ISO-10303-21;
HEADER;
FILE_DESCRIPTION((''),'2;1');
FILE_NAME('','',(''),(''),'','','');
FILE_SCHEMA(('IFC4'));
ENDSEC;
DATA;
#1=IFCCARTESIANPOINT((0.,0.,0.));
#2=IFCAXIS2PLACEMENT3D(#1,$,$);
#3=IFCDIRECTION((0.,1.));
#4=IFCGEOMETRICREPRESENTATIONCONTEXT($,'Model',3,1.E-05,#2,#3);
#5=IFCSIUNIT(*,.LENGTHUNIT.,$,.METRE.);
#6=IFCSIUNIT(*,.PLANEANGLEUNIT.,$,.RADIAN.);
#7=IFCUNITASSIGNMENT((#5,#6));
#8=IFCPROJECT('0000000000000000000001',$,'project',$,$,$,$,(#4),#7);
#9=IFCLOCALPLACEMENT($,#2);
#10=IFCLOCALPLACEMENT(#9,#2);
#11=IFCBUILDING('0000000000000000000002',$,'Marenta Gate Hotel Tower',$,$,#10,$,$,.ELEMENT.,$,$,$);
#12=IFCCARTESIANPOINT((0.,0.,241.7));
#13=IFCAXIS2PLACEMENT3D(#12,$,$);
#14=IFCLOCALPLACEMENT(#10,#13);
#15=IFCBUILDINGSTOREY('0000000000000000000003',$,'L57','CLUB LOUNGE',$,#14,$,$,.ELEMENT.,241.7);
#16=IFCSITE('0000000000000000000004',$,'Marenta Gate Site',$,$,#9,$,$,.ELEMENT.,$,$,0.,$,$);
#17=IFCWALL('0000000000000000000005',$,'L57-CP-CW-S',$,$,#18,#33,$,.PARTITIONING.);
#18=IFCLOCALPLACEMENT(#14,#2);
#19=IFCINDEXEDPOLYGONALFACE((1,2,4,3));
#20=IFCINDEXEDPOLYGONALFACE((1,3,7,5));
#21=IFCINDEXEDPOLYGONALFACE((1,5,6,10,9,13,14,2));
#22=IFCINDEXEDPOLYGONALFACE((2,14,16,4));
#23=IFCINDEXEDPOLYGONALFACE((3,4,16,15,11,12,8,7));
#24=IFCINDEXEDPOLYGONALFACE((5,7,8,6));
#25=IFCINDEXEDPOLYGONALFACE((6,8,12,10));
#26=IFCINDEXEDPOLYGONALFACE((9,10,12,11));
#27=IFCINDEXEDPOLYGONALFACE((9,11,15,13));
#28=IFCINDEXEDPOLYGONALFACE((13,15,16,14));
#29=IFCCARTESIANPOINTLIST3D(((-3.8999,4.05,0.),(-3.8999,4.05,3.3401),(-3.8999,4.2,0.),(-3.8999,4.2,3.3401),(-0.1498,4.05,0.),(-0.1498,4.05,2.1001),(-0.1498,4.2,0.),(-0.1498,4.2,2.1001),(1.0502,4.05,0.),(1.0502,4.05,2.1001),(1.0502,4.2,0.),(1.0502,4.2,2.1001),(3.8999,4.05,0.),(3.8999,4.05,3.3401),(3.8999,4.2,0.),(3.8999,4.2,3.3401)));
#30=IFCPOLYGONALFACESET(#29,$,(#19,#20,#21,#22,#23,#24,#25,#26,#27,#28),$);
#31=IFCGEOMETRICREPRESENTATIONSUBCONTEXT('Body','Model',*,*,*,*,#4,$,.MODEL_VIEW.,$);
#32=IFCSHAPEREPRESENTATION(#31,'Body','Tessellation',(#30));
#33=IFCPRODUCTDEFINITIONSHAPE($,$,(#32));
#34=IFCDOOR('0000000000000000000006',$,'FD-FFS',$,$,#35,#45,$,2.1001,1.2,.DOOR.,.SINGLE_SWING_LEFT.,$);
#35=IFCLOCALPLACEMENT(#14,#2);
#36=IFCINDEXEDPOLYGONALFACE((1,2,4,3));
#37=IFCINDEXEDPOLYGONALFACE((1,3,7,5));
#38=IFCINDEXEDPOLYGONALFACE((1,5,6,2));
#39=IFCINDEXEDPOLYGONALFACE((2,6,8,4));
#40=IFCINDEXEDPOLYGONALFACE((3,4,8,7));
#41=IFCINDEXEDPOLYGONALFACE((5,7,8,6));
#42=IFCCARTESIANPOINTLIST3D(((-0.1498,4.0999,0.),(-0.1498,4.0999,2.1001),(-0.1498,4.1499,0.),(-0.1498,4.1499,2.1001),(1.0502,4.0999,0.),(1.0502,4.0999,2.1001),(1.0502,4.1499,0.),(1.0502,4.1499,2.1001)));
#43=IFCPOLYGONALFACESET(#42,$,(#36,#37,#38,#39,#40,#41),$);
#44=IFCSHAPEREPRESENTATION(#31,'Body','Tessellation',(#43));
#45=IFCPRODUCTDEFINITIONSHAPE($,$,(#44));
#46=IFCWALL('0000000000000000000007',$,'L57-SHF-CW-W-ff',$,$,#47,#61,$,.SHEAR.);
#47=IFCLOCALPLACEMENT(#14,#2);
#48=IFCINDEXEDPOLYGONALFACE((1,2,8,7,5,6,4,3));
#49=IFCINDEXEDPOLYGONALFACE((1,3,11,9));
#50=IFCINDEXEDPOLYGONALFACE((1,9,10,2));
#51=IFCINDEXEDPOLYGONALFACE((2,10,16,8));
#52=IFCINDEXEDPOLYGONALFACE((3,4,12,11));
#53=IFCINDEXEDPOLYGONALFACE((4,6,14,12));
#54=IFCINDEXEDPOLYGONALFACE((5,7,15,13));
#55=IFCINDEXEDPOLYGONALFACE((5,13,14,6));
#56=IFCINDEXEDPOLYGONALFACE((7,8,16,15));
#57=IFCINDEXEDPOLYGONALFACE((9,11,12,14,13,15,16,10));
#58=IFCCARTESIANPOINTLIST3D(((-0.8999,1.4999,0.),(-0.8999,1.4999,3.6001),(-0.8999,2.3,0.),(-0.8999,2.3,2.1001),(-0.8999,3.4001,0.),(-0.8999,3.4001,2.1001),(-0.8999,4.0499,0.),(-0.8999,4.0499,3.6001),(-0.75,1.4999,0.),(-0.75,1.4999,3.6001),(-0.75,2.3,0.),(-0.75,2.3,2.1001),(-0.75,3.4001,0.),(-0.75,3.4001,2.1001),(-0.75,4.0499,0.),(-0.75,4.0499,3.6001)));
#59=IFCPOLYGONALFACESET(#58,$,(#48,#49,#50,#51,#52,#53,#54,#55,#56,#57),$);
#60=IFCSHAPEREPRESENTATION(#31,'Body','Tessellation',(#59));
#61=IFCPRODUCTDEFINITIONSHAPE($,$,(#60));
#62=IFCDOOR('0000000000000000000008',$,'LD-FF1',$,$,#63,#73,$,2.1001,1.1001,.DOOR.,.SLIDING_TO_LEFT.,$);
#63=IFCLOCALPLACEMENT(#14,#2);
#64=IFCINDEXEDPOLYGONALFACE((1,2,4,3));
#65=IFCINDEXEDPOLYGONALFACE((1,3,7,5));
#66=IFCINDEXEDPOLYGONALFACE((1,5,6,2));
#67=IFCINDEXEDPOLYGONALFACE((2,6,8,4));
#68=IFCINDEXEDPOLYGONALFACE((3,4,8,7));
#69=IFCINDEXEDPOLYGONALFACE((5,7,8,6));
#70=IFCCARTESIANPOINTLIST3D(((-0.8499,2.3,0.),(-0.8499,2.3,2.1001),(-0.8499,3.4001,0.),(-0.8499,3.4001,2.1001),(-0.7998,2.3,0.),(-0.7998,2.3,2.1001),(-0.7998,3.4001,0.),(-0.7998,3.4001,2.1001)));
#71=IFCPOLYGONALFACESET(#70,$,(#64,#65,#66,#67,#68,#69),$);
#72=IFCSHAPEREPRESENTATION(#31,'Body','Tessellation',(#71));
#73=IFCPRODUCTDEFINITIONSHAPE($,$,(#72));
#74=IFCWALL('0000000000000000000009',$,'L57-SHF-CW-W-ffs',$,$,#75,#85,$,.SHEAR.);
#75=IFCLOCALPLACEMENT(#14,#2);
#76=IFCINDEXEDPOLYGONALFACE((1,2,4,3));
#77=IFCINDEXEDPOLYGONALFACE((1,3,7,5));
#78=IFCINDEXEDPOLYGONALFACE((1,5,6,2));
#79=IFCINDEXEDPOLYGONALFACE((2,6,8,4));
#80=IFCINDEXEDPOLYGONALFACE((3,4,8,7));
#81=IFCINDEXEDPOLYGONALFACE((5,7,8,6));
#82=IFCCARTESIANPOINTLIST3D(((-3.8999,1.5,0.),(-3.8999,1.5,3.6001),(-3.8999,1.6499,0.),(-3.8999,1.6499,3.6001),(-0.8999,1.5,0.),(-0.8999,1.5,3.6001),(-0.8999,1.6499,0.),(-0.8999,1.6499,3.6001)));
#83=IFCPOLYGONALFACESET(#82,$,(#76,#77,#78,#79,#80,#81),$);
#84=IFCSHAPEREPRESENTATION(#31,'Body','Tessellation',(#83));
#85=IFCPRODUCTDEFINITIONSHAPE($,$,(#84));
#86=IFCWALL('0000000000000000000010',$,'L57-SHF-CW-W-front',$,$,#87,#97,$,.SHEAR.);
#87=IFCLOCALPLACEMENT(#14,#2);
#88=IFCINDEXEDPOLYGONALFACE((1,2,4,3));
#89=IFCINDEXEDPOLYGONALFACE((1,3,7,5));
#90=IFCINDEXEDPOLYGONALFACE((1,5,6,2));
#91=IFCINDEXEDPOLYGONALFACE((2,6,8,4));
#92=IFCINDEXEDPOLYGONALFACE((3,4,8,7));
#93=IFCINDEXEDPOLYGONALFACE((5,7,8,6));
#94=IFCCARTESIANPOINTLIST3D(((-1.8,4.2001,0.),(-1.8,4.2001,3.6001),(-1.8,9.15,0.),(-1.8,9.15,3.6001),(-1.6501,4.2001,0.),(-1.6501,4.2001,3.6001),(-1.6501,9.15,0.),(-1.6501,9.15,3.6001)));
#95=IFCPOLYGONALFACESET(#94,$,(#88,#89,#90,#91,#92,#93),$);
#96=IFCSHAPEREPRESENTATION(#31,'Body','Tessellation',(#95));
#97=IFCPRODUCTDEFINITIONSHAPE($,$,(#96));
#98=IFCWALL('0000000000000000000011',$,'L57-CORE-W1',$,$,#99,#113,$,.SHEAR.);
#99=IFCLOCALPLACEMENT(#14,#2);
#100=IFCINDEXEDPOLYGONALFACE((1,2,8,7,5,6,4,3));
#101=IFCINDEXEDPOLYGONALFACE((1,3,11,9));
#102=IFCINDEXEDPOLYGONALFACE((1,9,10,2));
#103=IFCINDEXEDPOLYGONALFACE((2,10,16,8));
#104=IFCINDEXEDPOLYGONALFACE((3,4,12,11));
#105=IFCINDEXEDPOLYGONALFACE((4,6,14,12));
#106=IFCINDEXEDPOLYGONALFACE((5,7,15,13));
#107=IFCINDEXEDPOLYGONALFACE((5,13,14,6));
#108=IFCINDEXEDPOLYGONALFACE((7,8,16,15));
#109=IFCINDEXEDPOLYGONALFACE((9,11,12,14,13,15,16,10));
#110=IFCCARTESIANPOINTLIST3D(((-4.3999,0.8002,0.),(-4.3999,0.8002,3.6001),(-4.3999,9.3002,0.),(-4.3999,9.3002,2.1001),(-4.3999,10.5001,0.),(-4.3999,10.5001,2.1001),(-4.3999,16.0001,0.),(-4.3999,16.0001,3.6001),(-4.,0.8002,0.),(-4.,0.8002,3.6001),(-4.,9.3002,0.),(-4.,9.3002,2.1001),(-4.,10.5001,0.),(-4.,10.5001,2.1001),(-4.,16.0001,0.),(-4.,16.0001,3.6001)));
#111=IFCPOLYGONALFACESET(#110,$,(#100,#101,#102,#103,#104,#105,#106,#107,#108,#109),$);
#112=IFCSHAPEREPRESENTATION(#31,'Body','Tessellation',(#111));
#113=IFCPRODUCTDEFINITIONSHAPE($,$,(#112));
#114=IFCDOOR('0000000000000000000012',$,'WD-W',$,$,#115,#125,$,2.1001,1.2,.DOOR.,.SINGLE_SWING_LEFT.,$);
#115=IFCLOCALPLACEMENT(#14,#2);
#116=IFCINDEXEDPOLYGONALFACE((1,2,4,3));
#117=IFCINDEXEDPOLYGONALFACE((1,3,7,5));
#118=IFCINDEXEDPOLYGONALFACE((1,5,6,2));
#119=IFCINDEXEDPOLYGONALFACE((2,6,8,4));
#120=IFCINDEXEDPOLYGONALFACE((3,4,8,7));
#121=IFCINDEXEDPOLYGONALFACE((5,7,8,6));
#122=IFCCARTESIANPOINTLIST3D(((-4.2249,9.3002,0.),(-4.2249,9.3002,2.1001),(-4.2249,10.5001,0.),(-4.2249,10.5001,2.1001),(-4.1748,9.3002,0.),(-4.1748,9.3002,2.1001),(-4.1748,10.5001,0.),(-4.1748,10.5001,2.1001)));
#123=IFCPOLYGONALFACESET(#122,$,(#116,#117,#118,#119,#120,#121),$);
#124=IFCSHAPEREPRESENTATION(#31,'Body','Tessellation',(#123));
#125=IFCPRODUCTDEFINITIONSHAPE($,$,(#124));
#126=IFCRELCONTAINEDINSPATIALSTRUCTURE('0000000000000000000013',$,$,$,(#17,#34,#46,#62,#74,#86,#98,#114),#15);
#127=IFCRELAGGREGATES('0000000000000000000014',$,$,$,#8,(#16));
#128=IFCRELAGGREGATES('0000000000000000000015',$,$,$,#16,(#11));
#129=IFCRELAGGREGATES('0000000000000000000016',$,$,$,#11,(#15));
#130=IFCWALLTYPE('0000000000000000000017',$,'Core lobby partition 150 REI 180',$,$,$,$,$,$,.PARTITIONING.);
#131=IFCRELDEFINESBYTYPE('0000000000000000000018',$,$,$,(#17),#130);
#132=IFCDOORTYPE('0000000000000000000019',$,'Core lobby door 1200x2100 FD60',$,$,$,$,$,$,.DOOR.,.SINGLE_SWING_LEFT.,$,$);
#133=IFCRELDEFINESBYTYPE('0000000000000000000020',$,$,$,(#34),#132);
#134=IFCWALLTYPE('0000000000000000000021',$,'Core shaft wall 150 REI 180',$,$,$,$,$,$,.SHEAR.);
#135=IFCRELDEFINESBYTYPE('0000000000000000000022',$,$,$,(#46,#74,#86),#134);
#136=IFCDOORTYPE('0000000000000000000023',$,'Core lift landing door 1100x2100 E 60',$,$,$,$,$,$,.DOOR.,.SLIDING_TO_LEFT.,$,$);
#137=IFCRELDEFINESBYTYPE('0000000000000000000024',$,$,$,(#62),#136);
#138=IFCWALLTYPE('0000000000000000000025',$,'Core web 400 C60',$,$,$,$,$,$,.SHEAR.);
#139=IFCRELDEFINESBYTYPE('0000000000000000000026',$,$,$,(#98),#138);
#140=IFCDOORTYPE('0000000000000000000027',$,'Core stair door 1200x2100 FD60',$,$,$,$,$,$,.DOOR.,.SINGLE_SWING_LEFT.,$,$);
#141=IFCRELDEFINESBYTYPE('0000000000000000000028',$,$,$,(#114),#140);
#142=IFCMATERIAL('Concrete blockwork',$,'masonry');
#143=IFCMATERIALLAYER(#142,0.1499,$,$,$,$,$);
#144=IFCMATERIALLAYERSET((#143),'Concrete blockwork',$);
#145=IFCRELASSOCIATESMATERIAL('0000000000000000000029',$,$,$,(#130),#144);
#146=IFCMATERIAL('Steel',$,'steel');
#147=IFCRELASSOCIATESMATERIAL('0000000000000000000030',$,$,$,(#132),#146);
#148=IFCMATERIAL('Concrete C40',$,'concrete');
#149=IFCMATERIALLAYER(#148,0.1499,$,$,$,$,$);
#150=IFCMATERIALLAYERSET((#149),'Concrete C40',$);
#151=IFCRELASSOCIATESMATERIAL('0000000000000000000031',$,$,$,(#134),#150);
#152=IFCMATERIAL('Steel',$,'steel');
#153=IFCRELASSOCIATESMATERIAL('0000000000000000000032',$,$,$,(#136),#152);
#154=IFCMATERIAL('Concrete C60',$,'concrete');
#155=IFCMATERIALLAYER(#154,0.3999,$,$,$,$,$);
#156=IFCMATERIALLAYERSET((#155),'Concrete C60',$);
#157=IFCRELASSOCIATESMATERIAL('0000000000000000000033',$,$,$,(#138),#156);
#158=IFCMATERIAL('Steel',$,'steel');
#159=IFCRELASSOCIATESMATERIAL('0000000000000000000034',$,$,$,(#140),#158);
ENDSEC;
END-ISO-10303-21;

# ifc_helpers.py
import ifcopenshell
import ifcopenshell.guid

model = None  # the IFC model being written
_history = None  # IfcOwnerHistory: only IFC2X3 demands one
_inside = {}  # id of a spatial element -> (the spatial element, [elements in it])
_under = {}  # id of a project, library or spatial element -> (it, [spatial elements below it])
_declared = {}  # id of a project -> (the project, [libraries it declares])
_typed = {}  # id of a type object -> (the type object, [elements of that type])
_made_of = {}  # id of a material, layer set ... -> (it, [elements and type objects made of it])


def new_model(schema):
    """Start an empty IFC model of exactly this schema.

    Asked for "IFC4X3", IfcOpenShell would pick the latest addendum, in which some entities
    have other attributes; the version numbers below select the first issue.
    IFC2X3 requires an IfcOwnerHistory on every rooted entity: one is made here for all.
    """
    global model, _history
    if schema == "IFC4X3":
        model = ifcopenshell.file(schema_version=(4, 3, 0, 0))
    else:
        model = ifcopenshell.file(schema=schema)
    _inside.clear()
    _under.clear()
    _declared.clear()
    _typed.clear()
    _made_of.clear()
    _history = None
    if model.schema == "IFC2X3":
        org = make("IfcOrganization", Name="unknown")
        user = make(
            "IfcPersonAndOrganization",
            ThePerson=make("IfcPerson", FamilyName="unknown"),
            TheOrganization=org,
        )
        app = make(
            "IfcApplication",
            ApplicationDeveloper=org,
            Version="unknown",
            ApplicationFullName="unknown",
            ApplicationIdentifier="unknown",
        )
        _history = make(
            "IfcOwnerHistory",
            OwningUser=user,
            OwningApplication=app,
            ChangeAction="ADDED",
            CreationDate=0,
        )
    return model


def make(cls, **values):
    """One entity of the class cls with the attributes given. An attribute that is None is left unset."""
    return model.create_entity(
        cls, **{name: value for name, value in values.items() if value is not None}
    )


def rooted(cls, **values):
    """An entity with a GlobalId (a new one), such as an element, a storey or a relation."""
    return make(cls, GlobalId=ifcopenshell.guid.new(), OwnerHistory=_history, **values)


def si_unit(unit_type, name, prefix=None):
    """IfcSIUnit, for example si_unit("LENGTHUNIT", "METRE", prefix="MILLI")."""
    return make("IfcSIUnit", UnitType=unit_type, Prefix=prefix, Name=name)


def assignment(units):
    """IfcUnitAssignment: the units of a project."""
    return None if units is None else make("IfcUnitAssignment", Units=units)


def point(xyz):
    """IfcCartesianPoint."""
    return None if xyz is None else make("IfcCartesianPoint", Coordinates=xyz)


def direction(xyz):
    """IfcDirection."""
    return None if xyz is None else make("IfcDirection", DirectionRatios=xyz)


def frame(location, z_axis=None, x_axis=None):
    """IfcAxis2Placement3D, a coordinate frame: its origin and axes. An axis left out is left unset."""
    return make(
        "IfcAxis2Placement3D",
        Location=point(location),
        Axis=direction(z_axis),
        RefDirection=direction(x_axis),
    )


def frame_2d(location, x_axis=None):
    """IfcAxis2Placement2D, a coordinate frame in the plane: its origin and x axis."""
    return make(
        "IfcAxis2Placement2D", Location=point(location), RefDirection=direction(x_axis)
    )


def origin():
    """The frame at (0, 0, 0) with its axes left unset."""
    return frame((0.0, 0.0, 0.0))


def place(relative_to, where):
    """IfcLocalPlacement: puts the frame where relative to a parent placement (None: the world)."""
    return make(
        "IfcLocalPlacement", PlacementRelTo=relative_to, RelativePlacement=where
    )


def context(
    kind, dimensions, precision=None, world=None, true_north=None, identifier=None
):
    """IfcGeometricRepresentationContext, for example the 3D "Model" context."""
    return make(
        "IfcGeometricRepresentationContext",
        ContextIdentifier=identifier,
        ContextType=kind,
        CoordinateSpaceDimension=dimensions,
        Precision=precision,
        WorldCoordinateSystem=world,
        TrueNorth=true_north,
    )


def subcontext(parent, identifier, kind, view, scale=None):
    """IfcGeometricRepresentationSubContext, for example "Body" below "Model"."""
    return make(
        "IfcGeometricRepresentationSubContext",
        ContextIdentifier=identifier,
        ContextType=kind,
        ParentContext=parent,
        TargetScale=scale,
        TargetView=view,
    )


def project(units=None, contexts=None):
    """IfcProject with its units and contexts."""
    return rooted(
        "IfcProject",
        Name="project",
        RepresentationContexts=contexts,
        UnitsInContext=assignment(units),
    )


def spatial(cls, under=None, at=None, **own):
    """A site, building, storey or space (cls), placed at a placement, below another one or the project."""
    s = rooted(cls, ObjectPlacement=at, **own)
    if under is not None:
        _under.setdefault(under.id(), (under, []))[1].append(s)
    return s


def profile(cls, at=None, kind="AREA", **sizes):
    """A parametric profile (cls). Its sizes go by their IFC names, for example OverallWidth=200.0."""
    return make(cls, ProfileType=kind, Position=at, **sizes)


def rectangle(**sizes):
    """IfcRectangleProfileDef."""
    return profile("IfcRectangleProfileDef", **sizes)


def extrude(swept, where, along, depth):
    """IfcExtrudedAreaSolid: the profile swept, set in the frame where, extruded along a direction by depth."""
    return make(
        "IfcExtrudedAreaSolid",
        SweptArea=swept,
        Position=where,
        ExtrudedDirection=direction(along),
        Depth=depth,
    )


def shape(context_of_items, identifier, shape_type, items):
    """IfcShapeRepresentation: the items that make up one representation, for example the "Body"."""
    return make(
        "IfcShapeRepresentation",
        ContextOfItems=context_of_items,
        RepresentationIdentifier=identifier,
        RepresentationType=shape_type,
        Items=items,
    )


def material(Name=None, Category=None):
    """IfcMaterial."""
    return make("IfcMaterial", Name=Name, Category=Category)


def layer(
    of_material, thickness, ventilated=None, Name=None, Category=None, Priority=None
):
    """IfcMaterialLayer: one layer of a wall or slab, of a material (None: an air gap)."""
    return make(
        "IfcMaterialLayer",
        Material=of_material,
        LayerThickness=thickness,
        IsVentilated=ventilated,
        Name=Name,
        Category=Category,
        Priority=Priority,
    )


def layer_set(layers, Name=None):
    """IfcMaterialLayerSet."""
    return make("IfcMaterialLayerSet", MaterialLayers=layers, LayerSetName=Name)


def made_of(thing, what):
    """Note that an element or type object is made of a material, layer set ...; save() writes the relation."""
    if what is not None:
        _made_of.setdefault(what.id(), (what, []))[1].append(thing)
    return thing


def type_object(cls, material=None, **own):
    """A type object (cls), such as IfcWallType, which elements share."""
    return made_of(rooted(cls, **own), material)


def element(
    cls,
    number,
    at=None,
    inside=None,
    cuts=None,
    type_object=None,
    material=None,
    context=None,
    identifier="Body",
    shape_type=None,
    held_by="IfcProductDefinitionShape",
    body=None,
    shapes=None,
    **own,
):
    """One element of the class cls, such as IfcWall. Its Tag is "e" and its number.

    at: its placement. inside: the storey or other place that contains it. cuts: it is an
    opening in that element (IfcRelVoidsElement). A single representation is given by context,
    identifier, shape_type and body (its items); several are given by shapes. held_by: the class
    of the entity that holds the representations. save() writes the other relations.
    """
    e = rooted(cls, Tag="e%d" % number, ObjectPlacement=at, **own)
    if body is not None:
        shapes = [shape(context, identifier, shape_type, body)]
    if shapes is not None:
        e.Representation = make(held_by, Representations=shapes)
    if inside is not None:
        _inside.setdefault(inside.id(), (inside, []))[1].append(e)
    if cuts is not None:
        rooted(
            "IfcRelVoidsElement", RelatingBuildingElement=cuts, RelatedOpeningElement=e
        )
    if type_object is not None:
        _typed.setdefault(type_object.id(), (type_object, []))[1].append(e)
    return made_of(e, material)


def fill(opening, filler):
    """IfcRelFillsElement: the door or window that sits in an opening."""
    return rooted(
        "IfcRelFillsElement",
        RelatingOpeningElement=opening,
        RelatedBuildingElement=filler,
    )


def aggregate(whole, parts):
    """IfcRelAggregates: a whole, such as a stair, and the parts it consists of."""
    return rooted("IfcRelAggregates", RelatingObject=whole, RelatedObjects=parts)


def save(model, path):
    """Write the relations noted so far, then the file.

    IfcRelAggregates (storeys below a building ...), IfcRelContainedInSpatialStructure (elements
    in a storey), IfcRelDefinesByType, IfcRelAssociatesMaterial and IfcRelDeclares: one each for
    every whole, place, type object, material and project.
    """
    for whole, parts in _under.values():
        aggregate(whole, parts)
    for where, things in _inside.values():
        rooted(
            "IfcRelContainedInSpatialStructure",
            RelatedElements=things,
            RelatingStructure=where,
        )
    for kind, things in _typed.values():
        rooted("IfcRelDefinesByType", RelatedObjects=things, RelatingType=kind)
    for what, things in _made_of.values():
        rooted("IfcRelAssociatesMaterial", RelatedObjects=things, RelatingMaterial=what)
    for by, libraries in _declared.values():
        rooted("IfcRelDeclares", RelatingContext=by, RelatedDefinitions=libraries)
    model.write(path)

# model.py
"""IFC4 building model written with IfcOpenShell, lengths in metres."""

from ifc_helpers import new_model, si_unit, direction, frame, frame_2d, origin, place, context, subcontext, project, spatial, rectangle, extrude, material, layer, layer_set, type_object, element, fill, save


model = new_model("IFC4")

# Units and contexts
model_context = context("Model", 3, precision=1e-05, world=origin(), true_north=direction((0.0, 1.0)))
body_context = subcontext(model_context, "Body", "Model", "MODEL_VIEW")
ifc_project = project(units=[si_unit("LENGTHUNIT", "METRE"), si_unit("PLANEANGLEUNIT", "RADIAN")], contexts=[model_context])

# Site, building, storey
site_placement = place(None, origin())
site = spatial("IfcSite", under=ifc_project, at=site_placement, Name="Marenta Gate Site", CompositionType="ELEMENT", RefElevation=0.0)
building_placement = place(site_placement, origin())
building = spatial("IfcBuilding", under=site, at=building_placement, Name="Marenta Gate Hotel Tower", CompositionType="ELEMENT")
storey_placement = place(building_placement, frame((0.0, 0.0, 241.7)))
storey = spatial("IfcBuildingStorey", under=building, at=storey_placement, Name="L57", Description="CLUB LOUNGE", CompositionType="ELEMENT", Elevation=241.7)

# Walls, openings, doors
ifc_material_1 = material(Name="Concrete blockwork", Category="masonry")
ifc_layer_1 = layer(ifc_material_1, 0.1499)
ifc_layer_set_1 = layer_set([ifc_layer_1], Name="Concrete blockwork")
wall_type_1 = type_object("IfcWallType", Name="Core lobby partition 150 REI 180", PredefinedType="PARTITIONING", material=ifc_layer_set_1)
wall_1_placement = place(storey_placement, frame((-3.8999, 4.125, 0.0), z_axis=(0.0, 0.0, 1.0), x_axis=(1.0, 0.0, 0.0)))
wall_1 = element("IfcWall", 1, at=wall_1_placement, inside=storey, type_object=wall_type_1, Name="L57-CP-CW-S", PredefinedType="PARTITIONING", context=body_context, shape_type="SweptSolid", body=[
    extrude(rectangle(XDim=7.7998, YDim=0.1499, at=frame_2d((3.8999, 0.0))), origin(), (0.0, 0.0, 1.0), 3.3401),
])
opening_1_placement = place(wall_1_placement, frame((3.75, 0.0, 0.0)))
opening_1 = element("IfcOpeningElement", 2, at=opening_1_placement, cuts=wall_1, PredefinedType="OPENING", context=body_context, shape_type="SweptSolid", body=[
    extrude(rectangle(XDim=1.2, YDim=2.1001, at=frame_2d((0.6001, 1.05))), frame((0.0, 0.075, 0.0), z_axis=(0.0, -1.0, 0.0), x_axis=(1.0, 0.0, 0.0)), (0.0, 0.0, 1.0), 0.1499),
])
ifc_material_2 = material(Name="Steel", Category="steel")
door_type_1 = type_object("IfcDoorType", Name="Core lobby door 1200x2100 FD60", OperationType="SINGLE_SWING_LEFT", PredefinedType="DOOR", material=ifc_material_2)
door_1_placement = place(opening_1_placement, origin())
door_1 = element("IfcDoor", 3, at=door_1_placement, inside=storey, type_object=door_type_1, Name="FD-FFS", OperationType="SINGLE_SWING_LEFT", OverallHeight=2.1001, OverallWidth=1.2, PredefinedType="DOOR", context=body_context, shape_type="SweptSolid", body=[
    extrude(rectangle(XDim=1.2, YDim=2.1001, at=frame_2d((0.6001, 1.05))), frame((0.0, 0.0249, 0.0), z_axis=(0.0, -1.0, 0.0), x_axis=(1.0, 0.0, 0.0)), (0.0, 0.0, 1.0), 0.05),
])
fill(opening_1, door_1)
ifc_material_3 = material(Name="Concrete C40", Category="concrete")
ifc_layer_2 = layer(ifc_material_3, 0.1499)
ifc_layer_set_2 = layer_set([ifc_layer_2], Name="Concrete C40")
wall_type_2 = type_object("IfcWallType", Name="Core shaft wall 150 REI 180", PredefinedType="SHEAR", material=ifc_layer_set_2)
wall_2_placement = place(storey_placement, frame((-0.825, 1.5, 0.0), z_axis=(0.0, 0.0, 1.0), x_axis=(0.0, 1.0, 0.0)))
wall_2 = element("IfcWall", 4, at=wall_2_placement, inside=storey, type_object=wall_type_2, Name="L57-SHF-CW-W-ff", PredefinedType="SHEAR", context=body_context, shape_type="SweptSolid", body=[
    extrude(rectangle(XDim=2.55, YDim=0.1499, at=frame_2d((1.2749, 0.0))), origin(), (0.0, 0.0, 1.0), 3.6001),
])
opening_2_placement = place(wall_2_placement, frame((0.8, 0.0, 0.0)))
opening_2 = element("IfcOpeningElement", 5, at=opening_2_placement, cuts=wall_2, PredefinedType="OPENING", context=body_context, shape_type="SweptSolid", body=[
    extrude(rectangle(XDim=1.1001, YDim=2.1001, at=frame_2d((0.55, 1.05))), frame((0.0, 0.075, 0.0), z_axis=(0.0, -1.0, 0.0), x_axis=(1.0, 0.0, 0.0)), (0.0, 0.0, 1.0), 0.1499),
])
ifc_material_4 = material(Name="Steel", Category="steel")
door_type_2 = type_object("IfcDoorType", Name="Core lift landing door 1100x2100 E 60", OperationType="SLIDING_TO_LEFT", PredefinedType="DOOR", material=ifc_material_4)
door_2_placement = place(opening_2_placement, origin())
door_2 = element("IfcDoor", 6, at=door_2_placement, inside=storey, type_object=door_type_2, Name="LD-FF1", OperationType="SLIDING_TO_LEFT", OverallHeight=2.1001, OverallWidth=1.1001, PredefinedType="DOOR", context=body_context, shape_type="SweptSolid", body=[
    extrude(rectangle(XDim=1.1001, YDim=2.1001, at=frame_2d((0.55, 1.05))), frame((0.0, 0.0249, 0.0), z_axis=(0.0, -1.0, 0.0), x_axis=(1.0, 0.0, 0.0)), (0.0, 0.0, 1.0), 0.05),
])
fill(opening_2, door_2)

# Walls
wall_3_placement = place(storey_placement, frame((-3.8999, 1.575, 0.0), z_axis=(0.0, 0.0, 1.0), x_axis=(1.0, 0.0, 0.0)))
element("IfcWall", 7, at=wall_3_placement, inside=storey, type_object=wall_type_2, Name="L57-SHF-CW-W-ffs", PredefinedType="SHEAR", context=body_context, shape_type="SweptSolid", body=[
    extrude(rectangle(XDim=3.0, YDim=0.1499, at=frame_2d((1.5, 0.0))), origin(), (0.0, 0.0, 1.0), 3.6001),
])
wall_4_placement = place(storey_placement, frame((-1.7251, 4.2, 0.0), z_axis=(0.0, 0.0, 1.0), x_axis=(0.0, 1.0, 0.0)))
element("IfcWall", 8, at=wall_4_placement, inside=storey, type_object=wall_type_2, Name="L57-SHF-CW-W-front", PredefinedType="SHEAR", context=body_context, shape_type="SweptSolid", body=[
    extrude(rectangle(XDim=4.95, YDim=0.1499, at=frame_2d((2.4751, 0.0))), origin(), (0.0, 0.0, 1.0), 3.6001),
])

# Wall, opening, door
ifc_material_5 = material(Name="Concrete C60", Category="concrete")
ifc_layer_3 = layer(ifc_material_5, 0.3999)
ifc_layer_set_3 = layer_set([ifc_layer_3], Name="Concrete C60")
wall_type_3 = type_object("IfcWallType", Name="Core web 400 C60", PredefinedType="SHEAR", material=ifc_layer_set_3)
wall_5_placement = place(storey_placement, frame((-4.2, 0.8, 0.0), z_axis=(0.0, 0.0, 1.0), x_axis=(0.0, 1.0, 0.0)))
wall_5 = element("IfcWall", 9, at=wall_5_placement, inside=storey, type_object=wall_type_3, Name="L57-CORE-W1", PredefinedType="SHEAR", context=body_context, shape_type="SweptSolid", body=[
    extrude(rectangle(XDim=15.2, YDim=0.3999, at=frame_2d((7.6001, 0.0))), origin(), (0.0, 0.0, 1.0), 3.6001),
])
opening_3_placement = place(wall_5_placement, frame((8.5, 0.0, 0.0)))
opening_3 = element("IfcOpeningElement", 10, at=opening_3_placement, cuts=wall_5, PredefinedType="OPENING", context=body_context, shape_type="SweptSolid", body=[
    extrude(rectangle(XDim=1.2, YDim=2.1001, at=frame_2d((0.6001, 1.05))), frame((0.0, 0.2, 0.0), z_axis=(0.0, -1.0, 0.0), x_axis=(1.0, 0.0, 0.0)), (0.0, 0.0, 1.0), 0.3999),
])
ifc_material_6 = material(Name="Steel", Category="steel")
door_type_3 = type_object("IfcDoorType", Name="Core stair door 1200x2100 FD60", OperationType="SINGLE_SWING_LEFT", PredefinedType="DOOR", material=ifc_material_6)
door_3_placement = place(opening_3_placement, origin())
door_3 = element("IfcDoor", 11, at=door_3_placement, inside=storey, type_object=door_type_3, Name="WD-W", OperationType="SINGLE_SWING_LEFT", OverallHeight=2.1001, OverallWidth=1.2, PredefinedType="DOOR", context=body_context, shape_type="SweptSolid", body=[
    extrude(rectangle(XDim=1.2, YDim=2.1001, at=frame_2d((0.6001, 1.05))), frame((0.0, 0.0249, 0.0), z_axis=(0.0, -1.0, 0.0), x_axis=(1.0, 0.0, 0.0)), (0.0, 0.0, 1.0), 0.05),
])
fill(opening_3, door_3)

save(model, "model.ifc")
